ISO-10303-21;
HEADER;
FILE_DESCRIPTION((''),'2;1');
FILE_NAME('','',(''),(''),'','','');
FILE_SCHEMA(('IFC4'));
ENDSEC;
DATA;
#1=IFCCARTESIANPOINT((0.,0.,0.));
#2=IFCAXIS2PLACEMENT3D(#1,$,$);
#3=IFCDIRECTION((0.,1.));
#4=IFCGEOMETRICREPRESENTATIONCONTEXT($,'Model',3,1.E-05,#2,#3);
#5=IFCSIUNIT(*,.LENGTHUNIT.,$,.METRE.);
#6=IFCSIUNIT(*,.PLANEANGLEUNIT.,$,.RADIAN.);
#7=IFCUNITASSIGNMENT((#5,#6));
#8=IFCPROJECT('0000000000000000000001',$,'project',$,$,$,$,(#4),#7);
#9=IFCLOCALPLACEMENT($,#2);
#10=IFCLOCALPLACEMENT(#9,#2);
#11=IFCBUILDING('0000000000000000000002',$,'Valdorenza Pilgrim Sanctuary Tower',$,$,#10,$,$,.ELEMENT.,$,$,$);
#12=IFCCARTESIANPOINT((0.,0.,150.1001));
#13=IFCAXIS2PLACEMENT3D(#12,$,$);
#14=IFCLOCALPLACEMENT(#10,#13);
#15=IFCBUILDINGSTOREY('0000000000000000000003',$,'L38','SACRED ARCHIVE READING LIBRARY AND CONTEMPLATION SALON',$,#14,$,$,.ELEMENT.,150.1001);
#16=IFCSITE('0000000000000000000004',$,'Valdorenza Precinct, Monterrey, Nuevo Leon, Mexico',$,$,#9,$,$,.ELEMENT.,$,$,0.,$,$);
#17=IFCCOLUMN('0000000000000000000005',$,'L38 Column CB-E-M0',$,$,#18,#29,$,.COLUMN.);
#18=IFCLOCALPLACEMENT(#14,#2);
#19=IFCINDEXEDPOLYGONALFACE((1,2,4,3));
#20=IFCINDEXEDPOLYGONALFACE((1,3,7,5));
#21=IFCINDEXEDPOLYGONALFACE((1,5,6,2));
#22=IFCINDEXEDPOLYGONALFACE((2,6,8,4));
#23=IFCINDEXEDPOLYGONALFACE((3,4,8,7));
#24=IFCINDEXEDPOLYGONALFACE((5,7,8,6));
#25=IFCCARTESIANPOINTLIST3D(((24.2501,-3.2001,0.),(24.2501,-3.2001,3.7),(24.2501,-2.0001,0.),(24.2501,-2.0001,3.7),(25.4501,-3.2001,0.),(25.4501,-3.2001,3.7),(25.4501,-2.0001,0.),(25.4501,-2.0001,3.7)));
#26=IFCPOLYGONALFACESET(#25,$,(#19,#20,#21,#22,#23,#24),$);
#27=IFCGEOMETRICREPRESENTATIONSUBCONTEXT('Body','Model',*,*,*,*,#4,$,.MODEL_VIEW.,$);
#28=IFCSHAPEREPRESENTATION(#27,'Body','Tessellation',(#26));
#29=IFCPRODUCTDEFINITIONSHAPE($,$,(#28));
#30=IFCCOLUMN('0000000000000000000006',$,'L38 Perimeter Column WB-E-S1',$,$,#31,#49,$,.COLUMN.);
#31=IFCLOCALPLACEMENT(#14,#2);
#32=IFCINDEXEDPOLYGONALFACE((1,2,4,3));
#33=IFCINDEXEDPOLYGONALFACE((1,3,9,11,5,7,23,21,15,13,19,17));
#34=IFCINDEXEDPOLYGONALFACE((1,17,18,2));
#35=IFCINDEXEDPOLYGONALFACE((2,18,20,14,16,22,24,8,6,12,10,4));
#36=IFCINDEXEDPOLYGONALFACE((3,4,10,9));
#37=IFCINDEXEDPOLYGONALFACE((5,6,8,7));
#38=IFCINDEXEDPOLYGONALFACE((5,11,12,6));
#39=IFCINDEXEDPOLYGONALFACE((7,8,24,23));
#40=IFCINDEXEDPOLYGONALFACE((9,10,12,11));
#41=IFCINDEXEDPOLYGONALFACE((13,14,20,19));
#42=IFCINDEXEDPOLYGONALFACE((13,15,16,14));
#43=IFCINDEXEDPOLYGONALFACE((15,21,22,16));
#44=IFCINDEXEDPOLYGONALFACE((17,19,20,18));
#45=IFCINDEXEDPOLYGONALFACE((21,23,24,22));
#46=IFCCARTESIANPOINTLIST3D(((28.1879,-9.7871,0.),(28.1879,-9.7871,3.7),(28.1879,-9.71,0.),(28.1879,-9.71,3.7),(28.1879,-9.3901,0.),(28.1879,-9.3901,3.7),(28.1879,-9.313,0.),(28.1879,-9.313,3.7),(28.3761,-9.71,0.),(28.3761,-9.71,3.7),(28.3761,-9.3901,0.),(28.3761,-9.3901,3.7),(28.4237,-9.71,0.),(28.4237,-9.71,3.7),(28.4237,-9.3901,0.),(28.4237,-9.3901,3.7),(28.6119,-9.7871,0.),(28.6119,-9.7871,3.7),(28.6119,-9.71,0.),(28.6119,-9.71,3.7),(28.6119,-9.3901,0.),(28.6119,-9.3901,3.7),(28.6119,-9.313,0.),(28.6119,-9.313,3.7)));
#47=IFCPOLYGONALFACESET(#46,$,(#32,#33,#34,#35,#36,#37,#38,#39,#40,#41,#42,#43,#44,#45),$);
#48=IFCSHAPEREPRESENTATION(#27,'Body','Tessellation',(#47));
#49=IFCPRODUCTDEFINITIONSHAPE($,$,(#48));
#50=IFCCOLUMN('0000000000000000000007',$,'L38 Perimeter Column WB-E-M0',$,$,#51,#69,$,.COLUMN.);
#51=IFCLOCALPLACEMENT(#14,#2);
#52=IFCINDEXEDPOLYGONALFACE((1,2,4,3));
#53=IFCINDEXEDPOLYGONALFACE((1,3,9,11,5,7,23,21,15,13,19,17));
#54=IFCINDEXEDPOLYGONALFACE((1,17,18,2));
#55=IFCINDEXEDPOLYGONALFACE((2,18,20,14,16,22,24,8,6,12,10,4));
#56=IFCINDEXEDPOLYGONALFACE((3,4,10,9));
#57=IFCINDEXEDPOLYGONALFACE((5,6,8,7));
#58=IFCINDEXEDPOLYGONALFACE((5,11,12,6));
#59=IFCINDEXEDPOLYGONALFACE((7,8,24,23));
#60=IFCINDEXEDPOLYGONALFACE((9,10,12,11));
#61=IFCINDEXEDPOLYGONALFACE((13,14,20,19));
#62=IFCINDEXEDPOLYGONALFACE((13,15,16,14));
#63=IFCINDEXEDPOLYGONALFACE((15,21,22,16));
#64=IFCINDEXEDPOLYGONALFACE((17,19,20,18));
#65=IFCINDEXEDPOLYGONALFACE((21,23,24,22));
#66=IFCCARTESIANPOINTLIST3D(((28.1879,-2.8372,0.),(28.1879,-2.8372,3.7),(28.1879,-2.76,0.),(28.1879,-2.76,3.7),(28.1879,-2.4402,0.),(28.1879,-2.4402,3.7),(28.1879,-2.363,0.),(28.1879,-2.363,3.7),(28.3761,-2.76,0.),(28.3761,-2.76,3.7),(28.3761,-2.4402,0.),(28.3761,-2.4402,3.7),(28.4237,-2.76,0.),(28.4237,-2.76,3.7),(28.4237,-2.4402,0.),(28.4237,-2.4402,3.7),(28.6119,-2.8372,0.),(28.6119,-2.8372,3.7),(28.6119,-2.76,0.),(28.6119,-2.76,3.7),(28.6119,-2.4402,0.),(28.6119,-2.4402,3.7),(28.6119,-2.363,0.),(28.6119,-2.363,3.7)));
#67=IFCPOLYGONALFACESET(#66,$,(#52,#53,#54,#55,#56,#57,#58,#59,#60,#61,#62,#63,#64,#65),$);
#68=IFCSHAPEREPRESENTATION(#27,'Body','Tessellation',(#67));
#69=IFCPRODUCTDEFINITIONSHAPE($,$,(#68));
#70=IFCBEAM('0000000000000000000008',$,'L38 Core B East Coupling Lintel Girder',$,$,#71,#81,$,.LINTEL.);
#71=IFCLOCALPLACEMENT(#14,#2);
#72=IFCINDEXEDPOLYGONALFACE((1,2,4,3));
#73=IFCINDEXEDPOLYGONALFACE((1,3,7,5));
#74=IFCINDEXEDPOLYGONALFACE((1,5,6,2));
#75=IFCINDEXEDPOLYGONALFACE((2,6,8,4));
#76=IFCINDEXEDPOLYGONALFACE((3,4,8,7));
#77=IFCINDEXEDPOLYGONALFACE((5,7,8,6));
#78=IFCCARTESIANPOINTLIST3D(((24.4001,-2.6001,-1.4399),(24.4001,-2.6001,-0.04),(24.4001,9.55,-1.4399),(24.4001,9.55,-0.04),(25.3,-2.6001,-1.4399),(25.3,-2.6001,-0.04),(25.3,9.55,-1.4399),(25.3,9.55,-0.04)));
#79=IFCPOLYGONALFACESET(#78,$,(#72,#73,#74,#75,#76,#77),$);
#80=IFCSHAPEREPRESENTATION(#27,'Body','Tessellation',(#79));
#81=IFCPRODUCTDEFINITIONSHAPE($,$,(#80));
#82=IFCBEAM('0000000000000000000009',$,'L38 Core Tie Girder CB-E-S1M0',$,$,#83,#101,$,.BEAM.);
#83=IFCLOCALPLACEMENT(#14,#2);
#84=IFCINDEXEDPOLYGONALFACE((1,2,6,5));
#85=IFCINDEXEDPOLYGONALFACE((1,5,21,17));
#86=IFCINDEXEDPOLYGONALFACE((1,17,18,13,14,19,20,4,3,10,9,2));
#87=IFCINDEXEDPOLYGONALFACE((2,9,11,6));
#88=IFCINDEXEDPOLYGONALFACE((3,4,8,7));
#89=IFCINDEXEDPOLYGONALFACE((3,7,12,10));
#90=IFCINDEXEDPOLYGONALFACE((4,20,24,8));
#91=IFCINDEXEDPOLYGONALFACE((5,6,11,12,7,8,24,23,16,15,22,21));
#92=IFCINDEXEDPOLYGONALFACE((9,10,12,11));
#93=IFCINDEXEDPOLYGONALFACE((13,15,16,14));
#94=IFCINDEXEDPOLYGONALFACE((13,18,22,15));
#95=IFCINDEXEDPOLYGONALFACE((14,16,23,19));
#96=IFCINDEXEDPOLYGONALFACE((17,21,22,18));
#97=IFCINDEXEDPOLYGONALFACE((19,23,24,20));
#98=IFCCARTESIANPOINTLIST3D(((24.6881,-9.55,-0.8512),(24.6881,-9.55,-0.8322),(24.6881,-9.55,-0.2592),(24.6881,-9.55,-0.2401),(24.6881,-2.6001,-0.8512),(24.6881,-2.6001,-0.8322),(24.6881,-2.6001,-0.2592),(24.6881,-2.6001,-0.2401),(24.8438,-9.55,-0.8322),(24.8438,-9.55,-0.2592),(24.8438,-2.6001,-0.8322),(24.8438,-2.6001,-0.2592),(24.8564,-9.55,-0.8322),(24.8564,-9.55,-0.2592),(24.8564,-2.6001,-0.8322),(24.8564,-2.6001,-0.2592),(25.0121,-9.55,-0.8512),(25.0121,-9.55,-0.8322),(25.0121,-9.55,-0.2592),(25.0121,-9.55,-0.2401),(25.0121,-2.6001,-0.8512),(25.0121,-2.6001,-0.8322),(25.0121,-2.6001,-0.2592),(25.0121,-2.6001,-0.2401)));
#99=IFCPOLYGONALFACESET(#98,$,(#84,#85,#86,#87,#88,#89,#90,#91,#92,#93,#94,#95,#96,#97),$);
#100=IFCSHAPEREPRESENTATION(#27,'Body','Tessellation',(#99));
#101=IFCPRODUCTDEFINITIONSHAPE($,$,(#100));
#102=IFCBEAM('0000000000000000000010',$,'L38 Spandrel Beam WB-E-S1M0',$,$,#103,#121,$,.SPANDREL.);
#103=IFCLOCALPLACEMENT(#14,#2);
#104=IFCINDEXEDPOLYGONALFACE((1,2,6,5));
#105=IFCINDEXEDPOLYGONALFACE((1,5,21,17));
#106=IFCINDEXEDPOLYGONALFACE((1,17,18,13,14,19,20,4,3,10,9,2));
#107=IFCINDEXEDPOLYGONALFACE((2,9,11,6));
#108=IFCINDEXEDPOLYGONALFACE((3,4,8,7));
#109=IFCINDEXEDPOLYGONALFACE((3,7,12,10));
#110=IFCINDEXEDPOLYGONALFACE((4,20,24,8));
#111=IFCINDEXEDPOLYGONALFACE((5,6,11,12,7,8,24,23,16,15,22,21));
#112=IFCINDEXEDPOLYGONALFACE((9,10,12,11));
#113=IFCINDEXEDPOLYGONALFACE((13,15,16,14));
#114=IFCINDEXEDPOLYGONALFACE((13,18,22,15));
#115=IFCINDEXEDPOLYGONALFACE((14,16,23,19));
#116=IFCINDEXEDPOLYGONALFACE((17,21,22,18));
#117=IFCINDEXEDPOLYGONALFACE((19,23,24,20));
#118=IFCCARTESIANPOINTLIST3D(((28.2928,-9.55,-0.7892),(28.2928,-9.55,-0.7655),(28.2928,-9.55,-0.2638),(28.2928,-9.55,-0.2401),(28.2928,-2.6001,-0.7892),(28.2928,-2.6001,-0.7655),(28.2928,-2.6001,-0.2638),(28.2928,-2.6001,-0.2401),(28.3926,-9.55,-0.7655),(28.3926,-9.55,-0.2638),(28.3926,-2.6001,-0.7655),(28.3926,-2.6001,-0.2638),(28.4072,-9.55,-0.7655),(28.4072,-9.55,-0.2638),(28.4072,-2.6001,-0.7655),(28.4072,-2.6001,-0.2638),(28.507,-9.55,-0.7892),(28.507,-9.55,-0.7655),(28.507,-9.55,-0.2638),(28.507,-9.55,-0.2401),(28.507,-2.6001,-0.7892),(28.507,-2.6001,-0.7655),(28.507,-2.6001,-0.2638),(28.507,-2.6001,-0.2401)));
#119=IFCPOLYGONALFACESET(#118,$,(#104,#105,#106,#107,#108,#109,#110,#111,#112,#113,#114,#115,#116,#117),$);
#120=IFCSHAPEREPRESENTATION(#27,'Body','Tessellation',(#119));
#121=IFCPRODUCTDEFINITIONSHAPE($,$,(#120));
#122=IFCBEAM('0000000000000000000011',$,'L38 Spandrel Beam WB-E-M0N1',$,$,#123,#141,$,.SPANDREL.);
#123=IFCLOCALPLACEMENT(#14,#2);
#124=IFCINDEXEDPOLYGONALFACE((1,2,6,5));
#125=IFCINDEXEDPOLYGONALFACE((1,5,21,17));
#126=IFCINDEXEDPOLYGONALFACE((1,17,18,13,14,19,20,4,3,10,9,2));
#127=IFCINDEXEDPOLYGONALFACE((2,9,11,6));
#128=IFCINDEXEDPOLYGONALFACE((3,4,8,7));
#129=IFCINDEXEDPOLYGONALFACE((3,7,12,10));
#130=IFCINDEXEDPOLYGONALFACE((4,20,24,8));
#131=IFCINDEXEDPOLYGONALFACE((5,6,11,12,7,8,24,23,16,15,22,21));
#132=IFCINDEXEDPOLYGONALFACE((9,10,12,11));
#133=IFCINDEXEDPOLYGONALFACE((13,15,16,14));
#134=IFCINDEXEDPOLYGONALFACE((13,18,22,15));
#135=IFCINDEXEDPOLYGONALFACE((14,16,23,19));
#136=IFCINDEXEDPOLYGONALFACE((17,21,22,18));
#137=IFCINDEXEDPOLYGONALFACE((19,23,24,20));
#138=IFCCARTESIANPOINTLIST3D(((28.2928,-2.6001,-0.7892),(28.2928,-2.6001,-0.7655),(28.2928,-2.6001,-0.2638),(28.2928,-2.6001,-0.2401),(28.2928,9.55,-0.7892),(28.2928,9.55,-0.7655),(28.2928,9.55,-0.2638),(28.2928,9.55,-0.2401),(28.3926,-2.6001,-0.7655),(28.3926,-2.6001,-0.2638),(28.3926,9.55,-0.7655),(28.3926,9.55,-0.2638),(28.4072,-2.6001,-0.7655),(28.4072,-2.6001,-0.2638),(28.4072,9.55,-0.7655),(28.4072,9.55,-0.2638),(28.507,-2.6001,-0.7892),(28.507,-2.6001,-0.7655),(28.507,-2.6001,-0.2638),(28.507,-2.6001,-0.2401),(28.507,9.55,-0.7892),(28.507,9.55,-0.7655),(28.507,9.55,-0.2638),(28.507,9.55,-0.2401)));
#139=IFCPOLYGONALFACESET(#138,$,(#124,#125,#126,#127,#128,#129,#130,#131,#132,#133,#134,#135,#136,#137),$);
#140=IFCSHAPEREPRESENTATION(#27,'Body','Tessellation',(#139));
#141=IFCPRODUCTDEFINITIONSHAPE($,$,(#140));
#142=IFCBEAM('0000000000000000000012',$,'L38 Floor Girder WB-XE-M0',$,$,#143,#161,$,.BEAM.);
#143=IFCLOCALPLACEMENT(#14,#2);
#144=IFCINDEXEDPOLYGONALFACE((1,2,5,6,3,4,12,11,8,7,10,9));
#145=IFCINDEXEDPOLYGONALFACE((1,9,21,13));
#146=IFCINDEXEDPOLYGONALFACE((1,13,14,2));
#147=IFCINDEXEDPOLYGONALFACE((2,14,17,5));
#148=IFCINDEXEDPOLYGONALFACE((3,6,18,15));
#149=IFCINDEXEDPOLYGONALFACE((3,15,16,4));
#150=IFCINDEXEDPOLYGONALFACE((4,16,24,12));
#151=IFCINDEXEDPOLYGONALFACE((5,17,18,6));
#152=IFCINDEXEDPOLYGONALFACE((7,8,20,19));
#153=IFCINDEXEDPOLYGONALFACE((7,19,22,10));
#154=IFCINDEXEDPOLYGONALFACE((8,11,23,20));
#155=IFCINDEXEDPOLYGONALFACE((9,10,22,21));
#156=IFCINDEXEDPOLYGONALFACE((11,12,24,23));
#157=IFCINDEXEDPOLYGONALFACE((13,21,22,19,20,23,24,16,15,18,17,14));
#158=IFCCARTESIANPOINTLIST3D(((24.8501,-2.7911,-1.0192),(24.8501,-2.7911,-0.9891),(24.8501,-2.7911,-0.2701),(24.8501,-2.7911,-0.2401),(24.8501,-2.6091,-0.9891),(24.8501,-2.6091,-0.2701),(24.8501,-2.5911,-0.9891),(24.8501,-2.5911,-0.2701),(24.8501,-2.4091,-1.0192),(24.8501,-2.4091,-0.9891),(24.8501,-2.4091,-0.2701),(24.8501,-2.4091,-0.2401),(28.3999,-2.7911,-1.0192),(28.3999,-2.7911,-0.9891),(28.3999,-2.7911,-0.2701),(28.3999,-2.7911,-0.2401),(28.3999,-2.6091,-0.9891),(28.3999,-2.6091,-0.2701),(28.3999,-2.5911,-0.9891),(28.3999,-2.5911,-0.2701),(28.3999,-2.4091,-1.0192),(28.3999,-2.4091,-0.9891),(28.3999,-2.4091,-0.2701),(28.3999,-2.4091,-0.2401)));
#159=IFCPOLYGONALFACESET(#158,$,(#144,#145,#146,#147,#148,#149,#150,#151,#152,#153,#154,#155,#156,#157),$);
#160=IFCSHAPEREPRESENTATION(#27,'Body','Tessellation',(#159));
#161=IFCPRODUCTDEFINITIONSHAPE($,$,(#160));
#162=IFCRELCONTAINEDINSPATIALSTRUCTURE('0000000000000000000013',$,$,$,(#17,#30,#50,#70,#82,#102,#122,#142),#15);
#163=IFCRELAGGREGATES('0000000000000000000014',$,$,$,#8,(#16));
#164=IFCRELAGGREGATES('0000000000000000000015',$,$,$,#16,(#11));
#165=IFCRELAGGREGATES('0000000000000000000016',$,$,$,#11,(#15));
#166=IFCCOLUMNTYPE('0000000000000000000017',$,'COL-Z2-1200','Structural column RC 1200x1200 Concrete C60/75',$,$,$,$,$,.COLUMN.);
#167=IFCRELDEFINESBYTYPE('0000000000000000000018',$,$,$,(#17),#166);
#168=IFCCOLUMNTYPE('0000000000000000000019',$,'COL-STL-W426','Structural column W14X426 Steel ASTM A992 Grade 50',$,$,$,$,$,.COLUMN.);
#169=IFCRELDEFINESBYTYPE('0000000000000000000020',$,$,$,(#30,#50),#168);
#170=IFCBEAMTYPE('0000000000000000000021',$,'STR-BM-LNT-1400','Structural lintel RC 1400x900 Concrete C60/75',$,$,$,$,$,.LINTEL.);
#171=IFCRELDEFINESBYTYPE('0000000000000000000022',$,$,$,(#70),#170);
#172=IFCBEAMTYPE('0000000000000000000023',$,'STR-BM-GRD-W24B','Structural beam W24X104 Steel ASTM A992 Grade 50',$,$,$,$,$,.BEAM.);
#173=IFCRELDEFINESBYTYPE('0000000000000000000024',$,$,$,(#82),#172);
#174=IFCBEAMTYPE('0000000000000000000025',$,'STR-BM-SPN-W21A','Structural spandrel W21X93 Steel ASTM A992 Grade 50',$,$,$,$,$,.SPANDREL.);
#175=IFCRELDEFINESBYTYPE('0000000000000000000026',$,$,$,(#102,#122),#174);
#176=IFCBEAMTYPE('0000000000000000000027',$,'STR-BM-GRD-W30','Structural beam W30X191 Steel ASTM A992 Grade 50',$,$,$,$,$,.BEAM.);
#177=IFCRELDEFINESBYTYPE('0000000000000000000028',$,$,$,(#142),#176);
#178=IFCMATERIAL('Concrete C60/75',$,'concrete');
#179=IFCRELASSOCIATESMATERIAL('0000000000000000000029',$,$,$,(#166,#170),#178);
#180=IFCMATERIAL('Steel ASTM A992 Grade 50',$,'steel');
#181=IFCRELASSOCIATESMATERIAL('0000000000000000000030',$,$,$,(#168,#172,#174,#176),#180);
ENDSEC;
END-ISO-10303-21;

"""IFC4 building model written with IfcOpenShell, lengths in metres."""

from ifc_helpers import new_model, si_unit, direction, frame, origin, origin_2d, place, context, subcontext, project, spatial, rectangle, i_section, extrude, source, transform, mapped, material, material_profile, profile_set, type_object, element, save


model = new_model("IFC4")

# Units and contexts
model_context = context("Model", 3, precision=1e-05, world=origin(), true_north=direction((0.0, 1.0)))
body_context = subcontext(model_context, "Body", "Model", "MODEL_VIEW")
ifc_project = project(units=[si_unit("LENGTHUNIT", "METRE"), si_unit("PLANEANGLEUNIT", "RADIAN")], contexts=[model_context])

# Site, building, storey
site_placement = place(None, origin())
site = spatial("IfcSite", under=ifc_project, at=site_placement, Name="Valdorenza Precinct, Monterrey, Nuevo Leon, Mexico", CompositionType="ELEMENT", RefElevation=0.0)
building_placement = place(site_placement, origin())
building = spatial("IfcBuilding", under=site, at=building_placement, Name="Valdorenza Pilgrim Sanctuary Tower", CompositionType="ELEMENT")
storey_placement = place(building_placement, frame((0.0, 0.0, 150.1001)))
storey = spatial("IfcBuildingStorey", under=building, at=storey_placement, Name="L38", Description="SACRED ARCHIVE READING LIBRARY AND CONTEMPLATION SALON", CompositionType="ELEMENT", Elevation=150.1001)

# Columns
ifc_material_1 = material(Name="Concrete C60/75", Category="concrete")
ifc_material_profile_1 = material_profile(ifc_material_1, rectangle(XDim=1.2, YDim=1.2, at=origin_2d()), Name="RC 1200x1200")
ifc_profile_set_1 = profile_set([ifc_material_profile_1], Name="Concrete C60/75")
column_type_1 = type_object("IfcColumnType", Name="COL-Z2-1200", Description="Structural column RC 1200x1200 Concrete C60/75", PredefinedType="COLUMN", material=ifc_profile_set_1)
shared_shape_1 = source(origin(), body_context, "Body", "SweptSolid", [
    extrude(rectangle(XDim=1.2, YDim=1.2, at=origin_2d()), origin(), (0.0, 0.0, 1.0), 3.7),
])
column_placement = place(storey_placement, frame((24.8501, -2.6001, 0.0), z_axis=(0.0, 0.0, 1.0), x_axis=(1.0, 0.0, 0.0)))
element("IfcColumn", 1, at=column_placement, inside=storey, type_object=column_type_1, Name="L38 Column CB-E-M0", PredefinedType="COLUMN", context=body_context, shape_type="MappedRepresentation", body=[
    mapped(shared_shape_1, transform((0.0, 0.0, 0.0), x_axis=(1.0, 0.0, 0.0), y_axis=(0.0, 1.0, 0.0), z_axis=(0.0, 0.0, 1.0), scale=1.0)),
])
ifc_material_2 = material(Name="Steel ASTM A992 Grade 50", Category="steel")
ifc_material_profile_2 = material_profile(ifc_material_2, i_section(OverallWidth=0.4241, OverallDepth=0.4741, WebThickness=0.0476, FlangeThickness=0.0771, at=origin_2d()), Name="W14X426")
ifc_profile_set_2 = profile_set([ifc_material_profile_2], Name="Steel ASTM A992 Grade 50")
column_type_2 = type_object("IfcColumnType", Name="COL-STL-W426", Description="Structural column W14X426 Steel ASTM A992 Grade 50", PredefinedType="COLUMN", material=ifc_profile_set_2)
shared_shape_2 = source(origin(), body_context, "Body", "SweptSolid", [
    extrude(i_section(OverallWidth=0.4241, OverallDepth=0.4741, WebThickness=0.0476, FlangeThickness=0.0771, at=origin_2d()), origin(), (0.0, 0.0, 1.0), 3.7),
])
for number, where, z_axis, x_axis, name in (
    (2, (28.3999, -9.55, 0.0), (0.0, 0.0, 1.0), (1.0, 0.0, 0.0), "L38 Perimeter Column WB-E-S1"),
    (3, (28.3999, -2.6001, 0.0), (0.0, 0.0, 1.0), (1.0, 0.0, 0.0), "L38 Perimeter Column WB-E-M0"),
):
    element("IfcColumn", number, at=place(storey_placement, frame(where, z_axis=z_axis, x_axis=x_axis)), inside=storey, type_object=column_type_2, Name=name, PredefinedType="COLUMN", context=body_context, shape_type="MappedRepresentation", body=[
        mapped(shared_shape_2, transform((0.0, 0.0, 0.0), x_axis=(1.0, 0.0, 0.0), y_axis=(0.0, 1.0, 0.0), z_axis=(0.0, 0.0, 1.0), scale=1.0)),
    ])

# Beams
ifc_material_profile_3 = material_profile(ifc_material_1, rectangle(XDim=0.8999, YDim=1.3999, at=origin_2d()), Name="RC 1400x900")
ifc_profile_set_3 = profile_set([ifc_material_profile_3], Name="Concrete C60/75")
beam_type_1 = type_object("IfcBeamType", Name="STR-BM-LNT-1400", Description="Structural lintel RC 1400x900 Concrete C60/75", PredefinedType="LINTEL", material=ifc_profile_set_3)
shared_shape_3 = source(origin(), body_context, "Body", "SweptSolid", [
    extrude(rectangle(XDim=0.8999, YDim=1.3999, at=origin_2d()), origin(), (0.0, 0.0, 1.0), 12.1501),
])
beam_1_placement = place(storey_placement, frame((24.8501, -2.6001, -0.74), z_axis=(0.0, 1.0, 0.0), x_axis=(-1.0, 0.0, 0.0)))
element("IfcBeam", 4, at=beam_1_placement, inside=storey, type_object=beam_type_1, Name="L38 Core B East Coupling Lintel Girder", PredefinedType="LINTEL", context=body_context, shape_type="MappedRepresentation", body=[
    mapped(shared_shape_3, transform((0.0, 0.0, 0.0), x_axis=(1.0, 0.0, 0.0), y_axis=(0.0, 1.0, 0.0), z_axis=(0.0, 0.0, 1.0), scale=1.0)),
])
ifc_material_profile_4 = material_profile(ifc_material_2, i_section(OverallWidth=0.324, OverallDepth=0.6111, WebThickness=0.0127, FlangeThickness=0.019, at=origin_2d()), Name="W24X104")
ifc_profile_set_4 = profile_set([ifc_material_profile_4], Name="Steel ASTM A992 Grade 50")
beam_type_2 = type_object("IfcBeamType", Name="STR-BM-GRD-W24B", Description="Structural beam W24X104 Steel ASTM A992 Grade 50", PredefinedType="BEAM", material=ifc_profile_set_4)
shared_shape_4 = source(origin(), body_context, "Body", "SweptSolid", [
    extrude(i_section(OverallWidth=0.324, OverallDepth=0.6111, WebThickness=0.0127, FlangeThickness=0.019, at=origin_2d()), origin(), (0.0, 0.0, 1.0), 6.95),
])
beam_2_placement = place(storey_placement, frame((24.8501, -9.55, -0.5457), z_axis=(0.0, 1.0, 0.0), x_axis=(-1.0, 0.0, 0.0)))
element("IfcBeam", 5, at=beam_2_placement, inside=storey, type_object=beam_type_2, Name="L38 Core Tie Girder CB-E-S1M0", PredefinedType="BEAM", context=body_context, shape_type="MappedRepresentation", body=[
    mapped(shared_shape_4, transform((0.0, 0.0, 0.0), x_axis=(1.0, 0.0, 0.0), y_axis=(0.0, 1.0, 0.0), z_axis=(0.0, 0.0, 1.0), scale=1.0)),
])
ifc_material_profile_5 = material_profile(ifc_material_2, i_section(OverallWidth=0.2141, OverallDepth=0.5491, WebThickness=0.0146, FlangeThickness=0.0237, at=origin_2d()), Name="W21X93")
ifc_profile_set_5 = profile_set([ifc_material_profile_5], Name="Steel ASTM A992 Grade 50")
beam_type_3 = type_object("IfcBeamType", Name="STR-BM-SPN-W21A", Description="Structural spandrel W21X93 Steel ASTM A992 Grade 50", PredefinedType="SPANDREL", material=ifc_profile_set_5)
shared_shape_5 = source(origin(), body_context, "Body", "SweptSolid", [
    extrude(i_section(OverallWidth=0.2141, OverallDepth=0.5491, WebThickness=0.0146, FlangeThickness=0.0237, at=origin_2d()), origin(), (0.0, 0.0, 1.0), 6.95),
])
beam_3_placement = place(storey_placement, frame((28.3999, -9.55, -0.5146), z_axis=(0.0, 1.0, 0.0), x_axis=(-1.0, 0.0, 0.0)))
element("IfcBeam", 6, at=beam_3_placement, inside=storey, type_object=beam_type_3, Name="L38 Spandrel Beam WB-E-S1M0", PredefinedType="SPANDREL", context=body_context, shape_type="MappedRepresentation", body=[
    mapped(shared_shape_5, transform((0.0, 0.0, 0.0), x_axis=(1.0, 0.0, 0.0), y_axis=(0.0, 1.0, 0.0), z_axis=(0.0, 0.0, 1.0), scale=1.0)),
])
shared_shape_6 = source(origin(), body_context, "Body", "SweptSolid", [
    extrude(i_section(OverallWidth=0.2141, OverallDepth=0.5491, WebThickness=0.0146, FlangeThickness=0.0237, at=origin_2d()), origin(), (0.0, 0.0, 1.0), 12.1501),
])
beam_4_placement = place(storey_placement, frame((28.3999, -2.6001, -0.5146), z_axis=(0.0, 1.0, 0.0), x_axis=(-1.0, 0.0, 0.0)))
element("IfcBeam", 7, at=beam_4_placement, inside=storey, type_object=beam_type_3, Name="L38 Spandrel Beam WB-E-M0N1", PredefinedType="SPANDREL", context=body_context, shape_type="MappedRepresentation", body=[
    mapped(shared_shape_6, transform((0.0, 0.0, 0.0), x_axis=(1.0, 0.0, 0.0), y_axis=(0.0, 1.0, 0.0), z_axis=(0.0, 0.0, 1.0), scale=1.0)),
])
ifc_material_profile_6 = material_profile(ifc_material_2, i_section(OverallWidth=0.3821, OverallDepth=0.7791, WebThickness=0.0181, FlangeThickness=0.03, at=origin_2d()), Name="W30X191")
ifc_profile_set_6 = profile_set([ifc_material_profile_6], Name="Steel ASTM A992 Grade 50")
beam_type_4 = type_object("IfcBeamType", Name="STR-BM-GRD-W30", Description="Structural beam W30X191 Steel ASTM A992 Grade 50", PredefinedType="BEAM", material=ifc_profile_set_6)
shared_shape_7 = source(origin(), body_context, "Body", "SweptSolid", [
    extrude(i_section(OverallWidth=0.3821, OverallDepth=0.7791, WebThickness=0.0181, FlangeThickness=0.03, at=origin_2d()), origin(), (0.0, 0.0, 1.0), 3.5498),
])
beam_5_placement = place(storey_placement, frame((24.8501, -2.6001, -0.6296), z_axis=(1.0, 0.0, 0.0), x_axis=(0.0, 1.0, 0.0)))
element("IfcBeam", 8, at=beam_5_placement, inside=storey, type_object=beam_type_4, Name="L38 Floor Girder WB-XE-M0", PredefinedType="BEAM", context=body_context, shape_type="MappedRepresentation", body=[
    mapped(shared_shape_7, transform((0.0, 0.0, 0.0), x_axis=(1.0, 0.0, 0.0), y_axis=(0.0, 1.0, 0.0), z_axis=(0.0, 0.0, 1.0), scale=1.0)),
])

save(model, "model.ifc")
